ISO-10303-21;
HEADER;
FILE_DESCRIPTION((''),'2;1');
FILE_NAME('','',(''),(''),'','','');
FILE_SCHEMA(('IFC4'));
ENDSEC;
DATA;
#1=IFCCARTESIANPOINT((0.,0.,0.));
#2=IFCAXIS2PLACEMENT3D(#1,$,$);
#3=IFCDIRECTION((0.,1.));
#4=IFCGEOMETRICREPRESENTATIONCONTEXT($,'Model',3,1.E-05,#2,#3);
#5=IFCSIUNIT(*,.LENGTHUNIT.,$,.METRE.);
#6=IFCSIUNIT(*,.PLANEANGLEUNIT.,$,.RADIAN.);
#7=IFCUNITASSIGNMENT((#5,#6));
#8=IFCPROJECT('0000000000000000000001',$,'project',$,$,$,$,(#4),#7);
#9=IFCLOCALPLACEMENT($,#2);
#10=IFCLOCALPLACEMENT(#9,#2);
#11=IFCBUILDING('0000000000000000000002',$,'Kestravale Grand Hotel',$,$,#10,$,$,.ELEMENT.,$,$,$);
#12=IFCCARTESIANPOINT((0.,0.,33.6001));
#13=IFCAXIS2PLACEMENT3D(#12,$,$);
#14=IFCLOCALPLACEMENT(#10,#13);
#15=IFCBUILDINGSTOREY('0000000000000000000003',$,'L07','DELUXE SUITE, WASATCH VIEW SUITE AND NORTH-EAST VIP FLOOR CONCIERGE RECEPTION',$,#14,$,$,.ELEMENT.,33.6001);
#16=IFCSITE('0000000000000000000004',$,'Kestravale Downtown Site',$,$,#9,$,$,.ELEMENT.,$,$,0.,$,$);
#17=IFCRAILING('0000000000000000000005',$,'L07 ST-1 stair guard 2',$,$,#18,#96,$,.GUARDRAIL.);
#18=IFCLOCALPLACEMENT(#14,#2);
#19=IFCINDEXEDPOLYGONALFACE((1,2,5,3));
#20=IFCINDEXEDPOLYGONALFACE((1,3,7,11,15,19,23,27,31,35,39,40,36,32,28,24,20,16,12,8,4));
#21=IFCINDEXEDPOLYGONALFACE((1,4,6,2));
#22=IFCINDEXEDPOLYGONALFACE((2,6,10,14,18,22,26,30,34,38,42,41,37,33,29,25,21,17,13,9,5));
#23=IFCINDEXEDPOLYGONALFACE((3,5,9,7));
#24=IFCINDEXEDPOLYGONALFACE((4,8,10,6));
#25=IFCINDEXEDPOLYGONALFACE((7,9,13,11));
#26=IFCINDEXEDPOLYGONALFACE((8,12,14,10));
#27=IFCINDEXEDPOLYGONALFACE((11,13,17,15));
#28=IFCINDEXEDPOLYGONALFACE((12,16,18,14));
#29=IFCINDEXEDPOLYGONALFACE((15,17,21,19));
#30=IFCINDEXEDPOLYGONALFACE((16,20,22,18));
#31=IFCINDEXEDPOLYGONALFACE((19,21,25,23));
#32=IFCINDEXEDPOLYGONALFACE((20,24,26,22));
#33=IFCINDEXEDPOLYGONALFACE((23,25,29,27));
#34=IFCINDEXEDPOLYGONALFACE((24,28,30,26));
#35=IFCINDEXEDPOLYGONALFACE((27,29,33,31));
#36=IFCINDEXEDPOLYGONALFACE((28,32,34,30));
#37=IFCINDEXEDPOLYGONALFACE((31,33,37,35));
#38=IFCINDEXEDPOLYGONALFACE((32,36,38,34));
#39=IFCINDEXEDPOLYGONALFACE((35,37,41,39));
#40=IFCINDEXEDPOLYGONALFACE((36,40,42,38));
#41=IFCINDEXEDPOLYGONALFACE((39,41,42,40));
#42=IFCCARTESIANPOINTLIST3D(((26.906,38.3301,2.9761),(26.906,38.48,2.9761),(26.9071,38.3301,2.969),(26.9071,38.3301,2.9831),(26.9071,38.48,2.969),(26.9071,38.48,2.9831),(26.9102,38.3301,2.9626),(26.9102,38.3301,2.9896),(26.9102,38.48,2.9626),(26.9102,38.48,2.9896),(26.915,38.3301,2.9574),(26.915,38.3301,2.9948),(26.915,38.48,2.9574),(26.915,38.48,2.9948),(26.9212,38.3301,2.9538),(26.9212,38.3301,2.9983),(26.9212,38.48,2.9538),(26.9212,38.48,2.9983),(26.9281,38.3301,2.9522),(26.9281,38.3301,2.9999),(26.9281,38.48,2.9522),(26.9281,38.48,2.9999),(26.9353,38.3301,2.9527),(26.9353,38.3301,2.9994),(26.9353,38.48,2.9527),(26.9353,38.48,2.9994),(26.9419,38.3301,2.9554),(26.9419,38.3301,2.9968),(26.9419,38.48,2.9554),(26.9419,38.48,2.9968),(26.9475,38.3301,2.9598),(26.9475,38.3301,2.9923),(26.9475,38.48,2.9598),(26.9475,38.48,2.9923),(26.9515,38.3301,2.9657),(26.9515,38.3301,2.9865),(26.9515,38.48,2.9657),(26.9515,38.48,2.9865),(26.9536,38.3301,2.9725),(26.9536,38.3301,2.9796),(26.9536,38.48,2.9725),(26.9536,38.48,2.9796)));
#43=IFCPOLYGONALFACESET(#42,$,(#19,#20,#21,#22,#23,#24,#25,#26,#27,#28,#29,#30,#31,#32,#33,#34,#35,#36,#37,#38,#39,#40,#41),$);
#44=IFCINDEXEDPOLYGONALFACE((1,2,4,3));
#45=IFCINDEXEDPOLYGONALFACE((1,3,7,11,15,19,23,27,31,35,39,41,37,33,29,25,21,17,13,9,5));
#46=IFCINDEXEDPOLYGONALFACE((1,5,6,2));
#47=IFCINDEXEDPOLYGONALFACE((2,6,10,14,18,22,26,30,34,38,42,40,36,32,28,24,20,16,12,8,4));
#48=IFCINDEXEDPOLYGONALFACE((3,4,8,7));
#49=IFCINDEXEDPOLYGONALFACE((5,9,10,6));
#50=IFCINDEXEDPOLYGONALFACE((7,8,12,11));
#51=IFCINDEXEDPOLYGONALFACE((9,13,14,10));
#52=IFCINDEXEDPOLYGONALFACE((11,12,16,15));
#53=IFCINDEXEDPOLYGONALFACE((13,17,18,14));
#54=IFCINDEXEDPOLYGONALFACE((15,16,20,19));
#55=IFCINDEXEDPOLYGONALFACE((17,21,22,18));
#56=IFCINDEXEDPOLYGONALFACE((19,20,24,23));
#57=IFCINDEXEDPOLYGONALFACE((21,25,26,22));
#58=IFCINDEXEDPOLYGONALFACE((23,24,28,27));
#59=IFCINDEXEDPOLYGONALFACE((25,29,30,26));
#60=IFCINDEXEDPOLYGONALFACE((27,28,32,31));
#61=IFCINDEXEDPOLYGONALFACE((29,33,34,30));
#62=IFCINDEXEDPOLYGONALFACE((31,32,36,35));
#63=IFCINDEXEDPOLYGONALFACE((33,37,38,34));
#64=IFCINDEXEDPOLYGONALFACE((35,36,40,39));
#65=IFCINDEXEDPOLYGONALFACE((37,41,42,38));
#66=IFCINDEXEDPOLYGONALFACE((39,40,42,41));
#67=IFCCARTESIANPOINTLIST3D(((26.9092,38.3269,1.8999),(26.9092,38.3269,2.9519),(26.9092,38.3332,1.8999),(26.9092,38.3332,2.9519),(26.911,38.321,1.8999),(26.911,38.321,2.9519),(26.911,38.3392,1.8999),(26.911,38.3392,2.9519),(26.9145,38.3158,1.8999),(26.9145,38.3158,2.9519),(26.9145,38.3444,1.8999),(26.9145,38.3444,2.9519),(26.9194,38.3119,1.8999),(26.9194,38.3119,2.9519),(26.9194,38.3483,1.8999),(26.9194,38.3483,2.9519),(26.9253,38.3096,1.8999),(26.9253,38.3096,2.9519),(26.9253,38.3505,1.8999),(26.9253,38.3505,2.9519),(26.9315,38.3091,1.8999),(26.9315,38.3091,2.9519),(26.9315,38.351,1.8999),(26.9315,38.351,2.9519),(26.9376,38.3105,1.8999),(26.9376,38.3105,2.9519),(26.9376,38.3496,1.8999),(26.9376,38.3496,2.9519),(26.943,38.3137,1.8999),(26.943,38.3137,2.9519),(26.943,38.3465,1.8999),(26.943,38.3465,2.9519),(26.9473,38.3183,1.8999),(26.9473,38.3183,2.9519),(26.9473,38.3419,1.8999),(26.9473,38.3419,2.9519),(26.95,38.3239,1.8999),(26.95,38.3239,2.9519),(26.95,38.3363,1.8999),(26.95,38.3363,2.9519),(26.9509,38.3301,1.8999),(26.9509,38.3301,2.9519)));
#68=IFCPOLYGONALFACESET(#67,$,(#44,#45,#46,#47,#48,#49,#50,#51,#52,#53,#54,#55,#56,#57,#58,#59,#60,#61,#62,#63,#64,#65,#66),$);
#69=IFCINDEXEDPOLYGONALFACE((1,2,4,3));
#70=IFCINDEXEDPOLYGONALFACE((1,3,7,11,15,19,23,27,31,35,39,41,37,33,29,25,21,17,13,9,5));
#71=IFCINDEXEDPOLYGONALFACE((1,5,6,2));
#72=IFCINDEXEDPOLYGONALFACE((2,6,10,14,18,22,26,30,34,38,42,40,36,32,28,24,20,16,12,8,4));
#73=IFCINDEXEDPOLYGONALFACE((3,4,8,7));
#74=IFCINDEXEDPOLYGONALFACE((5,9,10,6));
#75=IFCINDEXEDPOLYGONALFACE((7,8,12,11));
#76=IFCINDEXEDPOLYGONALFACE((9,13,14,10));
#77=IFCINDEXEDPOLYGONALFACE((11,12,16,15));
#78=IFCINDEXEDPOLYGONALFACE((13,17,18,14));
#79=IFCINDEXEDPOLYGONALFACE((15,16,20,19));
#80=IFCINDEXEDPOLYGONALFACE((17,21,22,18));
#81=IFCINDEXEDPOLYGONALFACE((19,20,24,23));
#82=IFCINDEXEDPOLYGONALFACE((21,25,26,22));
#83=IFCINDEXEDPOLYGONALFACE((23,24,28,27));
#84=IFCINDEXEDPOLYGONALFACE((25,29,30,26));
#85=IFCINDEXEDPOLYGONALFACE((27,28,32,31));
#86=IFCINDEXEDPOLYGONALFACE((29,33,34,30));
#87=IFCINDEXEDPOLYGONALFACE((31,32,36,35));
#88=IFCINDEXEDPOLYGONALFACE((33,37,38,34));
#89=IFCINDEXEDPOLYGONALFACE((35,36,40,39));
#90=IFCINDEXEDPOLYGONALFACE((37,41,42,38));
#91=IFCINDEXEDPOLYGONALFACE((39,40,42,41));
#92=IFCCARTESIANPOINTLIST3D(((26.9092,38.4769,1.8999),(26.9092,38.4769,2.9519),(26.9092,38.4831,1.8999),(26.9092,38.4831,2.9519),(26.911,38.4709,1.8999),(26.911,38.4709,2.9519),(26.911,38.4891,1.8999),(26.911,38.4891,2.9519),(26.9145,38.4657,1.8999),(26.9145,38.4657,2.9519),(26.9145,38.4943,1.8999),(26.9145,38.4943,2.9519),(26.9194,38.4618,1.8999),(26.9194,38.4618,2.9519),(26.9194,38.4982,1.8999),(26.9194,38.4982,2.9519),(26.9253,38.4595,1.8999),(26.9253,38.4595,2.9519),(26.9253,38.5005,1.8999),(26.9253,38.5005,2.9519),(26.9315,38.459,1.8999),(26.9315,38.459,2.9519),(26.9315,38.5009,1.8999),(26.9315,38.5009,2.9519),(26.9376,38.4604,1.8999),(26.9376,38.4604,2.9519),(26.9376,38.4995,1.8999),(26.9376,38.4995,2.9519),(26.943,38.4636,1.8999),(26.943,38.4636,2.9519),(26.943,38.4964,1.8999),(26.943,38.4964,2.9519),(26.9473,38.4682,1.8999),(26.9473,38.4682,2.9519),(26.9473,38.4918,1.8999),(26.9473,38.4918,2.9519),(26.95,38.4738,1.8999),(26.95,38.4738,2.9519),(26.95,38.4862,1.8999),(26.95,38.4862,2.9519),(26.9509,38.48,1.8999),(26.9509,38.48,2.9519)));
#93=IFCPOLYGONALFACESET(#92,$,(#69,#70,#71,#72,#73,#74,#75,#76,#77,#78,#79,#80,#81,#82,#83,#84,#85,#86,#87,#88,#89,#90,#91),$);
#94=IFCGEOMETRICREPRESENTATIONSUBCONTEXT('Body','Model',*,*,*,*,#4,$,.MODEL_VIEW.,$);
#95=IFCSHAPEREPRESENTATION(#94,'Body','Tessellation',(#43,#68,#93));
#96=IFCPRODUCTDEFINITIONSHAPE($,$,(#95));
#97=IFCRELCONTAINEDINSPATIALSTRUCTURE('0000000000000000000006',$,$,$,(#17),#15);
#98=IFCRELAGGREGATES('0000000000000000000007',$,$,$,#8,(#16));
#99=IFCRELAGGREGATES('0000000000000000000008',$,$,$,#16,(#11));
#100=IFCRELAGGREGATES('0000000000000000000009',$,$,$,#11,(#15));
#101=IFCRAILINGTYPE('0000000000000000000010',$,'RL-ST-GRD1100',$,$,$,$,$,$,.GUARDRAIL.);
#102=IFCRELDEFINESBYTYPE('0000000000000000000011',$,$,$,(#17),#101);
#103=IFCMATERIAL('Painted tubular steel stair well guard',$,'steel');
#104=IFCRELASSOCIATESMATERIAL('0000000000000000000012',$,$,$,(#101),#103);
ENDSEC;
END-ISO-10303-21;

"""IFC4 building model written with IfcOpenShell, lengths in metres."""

from ifc_helpers import new_model, si_unit, direction, frame, origin, origin_2d, place, context, subcontext, project, spatial, circle, extrude, material, type_object, element, save


model = new_model("IFC4")

# Units and contexts
model_context = context("Model", 3, precision=1e-05, world=origin(), true_north=direction((0.0, 1.0)))
body_context = subcontext(model_context, "Body", "Model", "MODEL_VIEW")
ifc_project = project(units=[si_unit("LENGTHUNIT", "METRE"), si_unit("PLANEANGLEUNIT", "RADIAN")], contexts=[model_context])

# Site, building, storey
site_placement = place(None, origin())
site = spatial("IfcSite", under=ifc_project, at=site_placement, Name="Kestravale Downtown Site", CompositionType="ELEMENT", RefElevation=0.0)
building_placement = place(site_placement, origin())
building = spatial("IfcBuilding", under=site, at=building_placement, Name="Kestravale Grand Hotel", CompositionType="ELEMENT")
storey_placement = place(building_placement, frame((0.0, 0.0, 33.6001)))
storey = spatial("IfcBuildingStorey", under=building, at=storey_placement, Name="L07", Description="DELUXE SUITE, WASATCH VIEW SUITE AND NORTH-EAST VIP FLOOR CONCIERGE RECEPTION", CompositionType="ELEMENT", Elevation=33.6001)

# Railing
ifc_material_1 = material(Name="Painted tubular steel stair well guard", Category="steel")
railing_type_1 = type_object("IfcRailingType", Name="RL-ST-GRD1100", PredefinedType="GUARDRAIL", material=ifc_material_1)
railing_1_placement = place(storey_placement, frame((26.9299, 38.3301, 1.8999)))
element("IfcRailing", 1, at=railing_1_placement, inside=storey, type_object=railing_type_1, Name="L07 ST-1 stair guard 2", PredefinedType="GUARDRAIL", context=body_context, shape_type="SweptSolid", body=[
    extrude(circle(Radius=0.0239, at=origin_2d()), frame((0.0, 0.0, 1.0762), z_axis=(0.0, 1.0, 0.0), x_axis=(-1.0, 0.0, 0.0)), (0.0, 0.0, 1.0), 0.1499),
    extrude(circle(Radius=0.021, at=origin_2d()), origin(), (0.0, 0.0, 1.0), 1.052),
    extrude(circle(Radius=0.021, at=origin_2d()), frame((0.0, 0.1499, 0.0)), (0.0, 0.0, 1.0), 1.052),
])

save(model, "model.ifc")
